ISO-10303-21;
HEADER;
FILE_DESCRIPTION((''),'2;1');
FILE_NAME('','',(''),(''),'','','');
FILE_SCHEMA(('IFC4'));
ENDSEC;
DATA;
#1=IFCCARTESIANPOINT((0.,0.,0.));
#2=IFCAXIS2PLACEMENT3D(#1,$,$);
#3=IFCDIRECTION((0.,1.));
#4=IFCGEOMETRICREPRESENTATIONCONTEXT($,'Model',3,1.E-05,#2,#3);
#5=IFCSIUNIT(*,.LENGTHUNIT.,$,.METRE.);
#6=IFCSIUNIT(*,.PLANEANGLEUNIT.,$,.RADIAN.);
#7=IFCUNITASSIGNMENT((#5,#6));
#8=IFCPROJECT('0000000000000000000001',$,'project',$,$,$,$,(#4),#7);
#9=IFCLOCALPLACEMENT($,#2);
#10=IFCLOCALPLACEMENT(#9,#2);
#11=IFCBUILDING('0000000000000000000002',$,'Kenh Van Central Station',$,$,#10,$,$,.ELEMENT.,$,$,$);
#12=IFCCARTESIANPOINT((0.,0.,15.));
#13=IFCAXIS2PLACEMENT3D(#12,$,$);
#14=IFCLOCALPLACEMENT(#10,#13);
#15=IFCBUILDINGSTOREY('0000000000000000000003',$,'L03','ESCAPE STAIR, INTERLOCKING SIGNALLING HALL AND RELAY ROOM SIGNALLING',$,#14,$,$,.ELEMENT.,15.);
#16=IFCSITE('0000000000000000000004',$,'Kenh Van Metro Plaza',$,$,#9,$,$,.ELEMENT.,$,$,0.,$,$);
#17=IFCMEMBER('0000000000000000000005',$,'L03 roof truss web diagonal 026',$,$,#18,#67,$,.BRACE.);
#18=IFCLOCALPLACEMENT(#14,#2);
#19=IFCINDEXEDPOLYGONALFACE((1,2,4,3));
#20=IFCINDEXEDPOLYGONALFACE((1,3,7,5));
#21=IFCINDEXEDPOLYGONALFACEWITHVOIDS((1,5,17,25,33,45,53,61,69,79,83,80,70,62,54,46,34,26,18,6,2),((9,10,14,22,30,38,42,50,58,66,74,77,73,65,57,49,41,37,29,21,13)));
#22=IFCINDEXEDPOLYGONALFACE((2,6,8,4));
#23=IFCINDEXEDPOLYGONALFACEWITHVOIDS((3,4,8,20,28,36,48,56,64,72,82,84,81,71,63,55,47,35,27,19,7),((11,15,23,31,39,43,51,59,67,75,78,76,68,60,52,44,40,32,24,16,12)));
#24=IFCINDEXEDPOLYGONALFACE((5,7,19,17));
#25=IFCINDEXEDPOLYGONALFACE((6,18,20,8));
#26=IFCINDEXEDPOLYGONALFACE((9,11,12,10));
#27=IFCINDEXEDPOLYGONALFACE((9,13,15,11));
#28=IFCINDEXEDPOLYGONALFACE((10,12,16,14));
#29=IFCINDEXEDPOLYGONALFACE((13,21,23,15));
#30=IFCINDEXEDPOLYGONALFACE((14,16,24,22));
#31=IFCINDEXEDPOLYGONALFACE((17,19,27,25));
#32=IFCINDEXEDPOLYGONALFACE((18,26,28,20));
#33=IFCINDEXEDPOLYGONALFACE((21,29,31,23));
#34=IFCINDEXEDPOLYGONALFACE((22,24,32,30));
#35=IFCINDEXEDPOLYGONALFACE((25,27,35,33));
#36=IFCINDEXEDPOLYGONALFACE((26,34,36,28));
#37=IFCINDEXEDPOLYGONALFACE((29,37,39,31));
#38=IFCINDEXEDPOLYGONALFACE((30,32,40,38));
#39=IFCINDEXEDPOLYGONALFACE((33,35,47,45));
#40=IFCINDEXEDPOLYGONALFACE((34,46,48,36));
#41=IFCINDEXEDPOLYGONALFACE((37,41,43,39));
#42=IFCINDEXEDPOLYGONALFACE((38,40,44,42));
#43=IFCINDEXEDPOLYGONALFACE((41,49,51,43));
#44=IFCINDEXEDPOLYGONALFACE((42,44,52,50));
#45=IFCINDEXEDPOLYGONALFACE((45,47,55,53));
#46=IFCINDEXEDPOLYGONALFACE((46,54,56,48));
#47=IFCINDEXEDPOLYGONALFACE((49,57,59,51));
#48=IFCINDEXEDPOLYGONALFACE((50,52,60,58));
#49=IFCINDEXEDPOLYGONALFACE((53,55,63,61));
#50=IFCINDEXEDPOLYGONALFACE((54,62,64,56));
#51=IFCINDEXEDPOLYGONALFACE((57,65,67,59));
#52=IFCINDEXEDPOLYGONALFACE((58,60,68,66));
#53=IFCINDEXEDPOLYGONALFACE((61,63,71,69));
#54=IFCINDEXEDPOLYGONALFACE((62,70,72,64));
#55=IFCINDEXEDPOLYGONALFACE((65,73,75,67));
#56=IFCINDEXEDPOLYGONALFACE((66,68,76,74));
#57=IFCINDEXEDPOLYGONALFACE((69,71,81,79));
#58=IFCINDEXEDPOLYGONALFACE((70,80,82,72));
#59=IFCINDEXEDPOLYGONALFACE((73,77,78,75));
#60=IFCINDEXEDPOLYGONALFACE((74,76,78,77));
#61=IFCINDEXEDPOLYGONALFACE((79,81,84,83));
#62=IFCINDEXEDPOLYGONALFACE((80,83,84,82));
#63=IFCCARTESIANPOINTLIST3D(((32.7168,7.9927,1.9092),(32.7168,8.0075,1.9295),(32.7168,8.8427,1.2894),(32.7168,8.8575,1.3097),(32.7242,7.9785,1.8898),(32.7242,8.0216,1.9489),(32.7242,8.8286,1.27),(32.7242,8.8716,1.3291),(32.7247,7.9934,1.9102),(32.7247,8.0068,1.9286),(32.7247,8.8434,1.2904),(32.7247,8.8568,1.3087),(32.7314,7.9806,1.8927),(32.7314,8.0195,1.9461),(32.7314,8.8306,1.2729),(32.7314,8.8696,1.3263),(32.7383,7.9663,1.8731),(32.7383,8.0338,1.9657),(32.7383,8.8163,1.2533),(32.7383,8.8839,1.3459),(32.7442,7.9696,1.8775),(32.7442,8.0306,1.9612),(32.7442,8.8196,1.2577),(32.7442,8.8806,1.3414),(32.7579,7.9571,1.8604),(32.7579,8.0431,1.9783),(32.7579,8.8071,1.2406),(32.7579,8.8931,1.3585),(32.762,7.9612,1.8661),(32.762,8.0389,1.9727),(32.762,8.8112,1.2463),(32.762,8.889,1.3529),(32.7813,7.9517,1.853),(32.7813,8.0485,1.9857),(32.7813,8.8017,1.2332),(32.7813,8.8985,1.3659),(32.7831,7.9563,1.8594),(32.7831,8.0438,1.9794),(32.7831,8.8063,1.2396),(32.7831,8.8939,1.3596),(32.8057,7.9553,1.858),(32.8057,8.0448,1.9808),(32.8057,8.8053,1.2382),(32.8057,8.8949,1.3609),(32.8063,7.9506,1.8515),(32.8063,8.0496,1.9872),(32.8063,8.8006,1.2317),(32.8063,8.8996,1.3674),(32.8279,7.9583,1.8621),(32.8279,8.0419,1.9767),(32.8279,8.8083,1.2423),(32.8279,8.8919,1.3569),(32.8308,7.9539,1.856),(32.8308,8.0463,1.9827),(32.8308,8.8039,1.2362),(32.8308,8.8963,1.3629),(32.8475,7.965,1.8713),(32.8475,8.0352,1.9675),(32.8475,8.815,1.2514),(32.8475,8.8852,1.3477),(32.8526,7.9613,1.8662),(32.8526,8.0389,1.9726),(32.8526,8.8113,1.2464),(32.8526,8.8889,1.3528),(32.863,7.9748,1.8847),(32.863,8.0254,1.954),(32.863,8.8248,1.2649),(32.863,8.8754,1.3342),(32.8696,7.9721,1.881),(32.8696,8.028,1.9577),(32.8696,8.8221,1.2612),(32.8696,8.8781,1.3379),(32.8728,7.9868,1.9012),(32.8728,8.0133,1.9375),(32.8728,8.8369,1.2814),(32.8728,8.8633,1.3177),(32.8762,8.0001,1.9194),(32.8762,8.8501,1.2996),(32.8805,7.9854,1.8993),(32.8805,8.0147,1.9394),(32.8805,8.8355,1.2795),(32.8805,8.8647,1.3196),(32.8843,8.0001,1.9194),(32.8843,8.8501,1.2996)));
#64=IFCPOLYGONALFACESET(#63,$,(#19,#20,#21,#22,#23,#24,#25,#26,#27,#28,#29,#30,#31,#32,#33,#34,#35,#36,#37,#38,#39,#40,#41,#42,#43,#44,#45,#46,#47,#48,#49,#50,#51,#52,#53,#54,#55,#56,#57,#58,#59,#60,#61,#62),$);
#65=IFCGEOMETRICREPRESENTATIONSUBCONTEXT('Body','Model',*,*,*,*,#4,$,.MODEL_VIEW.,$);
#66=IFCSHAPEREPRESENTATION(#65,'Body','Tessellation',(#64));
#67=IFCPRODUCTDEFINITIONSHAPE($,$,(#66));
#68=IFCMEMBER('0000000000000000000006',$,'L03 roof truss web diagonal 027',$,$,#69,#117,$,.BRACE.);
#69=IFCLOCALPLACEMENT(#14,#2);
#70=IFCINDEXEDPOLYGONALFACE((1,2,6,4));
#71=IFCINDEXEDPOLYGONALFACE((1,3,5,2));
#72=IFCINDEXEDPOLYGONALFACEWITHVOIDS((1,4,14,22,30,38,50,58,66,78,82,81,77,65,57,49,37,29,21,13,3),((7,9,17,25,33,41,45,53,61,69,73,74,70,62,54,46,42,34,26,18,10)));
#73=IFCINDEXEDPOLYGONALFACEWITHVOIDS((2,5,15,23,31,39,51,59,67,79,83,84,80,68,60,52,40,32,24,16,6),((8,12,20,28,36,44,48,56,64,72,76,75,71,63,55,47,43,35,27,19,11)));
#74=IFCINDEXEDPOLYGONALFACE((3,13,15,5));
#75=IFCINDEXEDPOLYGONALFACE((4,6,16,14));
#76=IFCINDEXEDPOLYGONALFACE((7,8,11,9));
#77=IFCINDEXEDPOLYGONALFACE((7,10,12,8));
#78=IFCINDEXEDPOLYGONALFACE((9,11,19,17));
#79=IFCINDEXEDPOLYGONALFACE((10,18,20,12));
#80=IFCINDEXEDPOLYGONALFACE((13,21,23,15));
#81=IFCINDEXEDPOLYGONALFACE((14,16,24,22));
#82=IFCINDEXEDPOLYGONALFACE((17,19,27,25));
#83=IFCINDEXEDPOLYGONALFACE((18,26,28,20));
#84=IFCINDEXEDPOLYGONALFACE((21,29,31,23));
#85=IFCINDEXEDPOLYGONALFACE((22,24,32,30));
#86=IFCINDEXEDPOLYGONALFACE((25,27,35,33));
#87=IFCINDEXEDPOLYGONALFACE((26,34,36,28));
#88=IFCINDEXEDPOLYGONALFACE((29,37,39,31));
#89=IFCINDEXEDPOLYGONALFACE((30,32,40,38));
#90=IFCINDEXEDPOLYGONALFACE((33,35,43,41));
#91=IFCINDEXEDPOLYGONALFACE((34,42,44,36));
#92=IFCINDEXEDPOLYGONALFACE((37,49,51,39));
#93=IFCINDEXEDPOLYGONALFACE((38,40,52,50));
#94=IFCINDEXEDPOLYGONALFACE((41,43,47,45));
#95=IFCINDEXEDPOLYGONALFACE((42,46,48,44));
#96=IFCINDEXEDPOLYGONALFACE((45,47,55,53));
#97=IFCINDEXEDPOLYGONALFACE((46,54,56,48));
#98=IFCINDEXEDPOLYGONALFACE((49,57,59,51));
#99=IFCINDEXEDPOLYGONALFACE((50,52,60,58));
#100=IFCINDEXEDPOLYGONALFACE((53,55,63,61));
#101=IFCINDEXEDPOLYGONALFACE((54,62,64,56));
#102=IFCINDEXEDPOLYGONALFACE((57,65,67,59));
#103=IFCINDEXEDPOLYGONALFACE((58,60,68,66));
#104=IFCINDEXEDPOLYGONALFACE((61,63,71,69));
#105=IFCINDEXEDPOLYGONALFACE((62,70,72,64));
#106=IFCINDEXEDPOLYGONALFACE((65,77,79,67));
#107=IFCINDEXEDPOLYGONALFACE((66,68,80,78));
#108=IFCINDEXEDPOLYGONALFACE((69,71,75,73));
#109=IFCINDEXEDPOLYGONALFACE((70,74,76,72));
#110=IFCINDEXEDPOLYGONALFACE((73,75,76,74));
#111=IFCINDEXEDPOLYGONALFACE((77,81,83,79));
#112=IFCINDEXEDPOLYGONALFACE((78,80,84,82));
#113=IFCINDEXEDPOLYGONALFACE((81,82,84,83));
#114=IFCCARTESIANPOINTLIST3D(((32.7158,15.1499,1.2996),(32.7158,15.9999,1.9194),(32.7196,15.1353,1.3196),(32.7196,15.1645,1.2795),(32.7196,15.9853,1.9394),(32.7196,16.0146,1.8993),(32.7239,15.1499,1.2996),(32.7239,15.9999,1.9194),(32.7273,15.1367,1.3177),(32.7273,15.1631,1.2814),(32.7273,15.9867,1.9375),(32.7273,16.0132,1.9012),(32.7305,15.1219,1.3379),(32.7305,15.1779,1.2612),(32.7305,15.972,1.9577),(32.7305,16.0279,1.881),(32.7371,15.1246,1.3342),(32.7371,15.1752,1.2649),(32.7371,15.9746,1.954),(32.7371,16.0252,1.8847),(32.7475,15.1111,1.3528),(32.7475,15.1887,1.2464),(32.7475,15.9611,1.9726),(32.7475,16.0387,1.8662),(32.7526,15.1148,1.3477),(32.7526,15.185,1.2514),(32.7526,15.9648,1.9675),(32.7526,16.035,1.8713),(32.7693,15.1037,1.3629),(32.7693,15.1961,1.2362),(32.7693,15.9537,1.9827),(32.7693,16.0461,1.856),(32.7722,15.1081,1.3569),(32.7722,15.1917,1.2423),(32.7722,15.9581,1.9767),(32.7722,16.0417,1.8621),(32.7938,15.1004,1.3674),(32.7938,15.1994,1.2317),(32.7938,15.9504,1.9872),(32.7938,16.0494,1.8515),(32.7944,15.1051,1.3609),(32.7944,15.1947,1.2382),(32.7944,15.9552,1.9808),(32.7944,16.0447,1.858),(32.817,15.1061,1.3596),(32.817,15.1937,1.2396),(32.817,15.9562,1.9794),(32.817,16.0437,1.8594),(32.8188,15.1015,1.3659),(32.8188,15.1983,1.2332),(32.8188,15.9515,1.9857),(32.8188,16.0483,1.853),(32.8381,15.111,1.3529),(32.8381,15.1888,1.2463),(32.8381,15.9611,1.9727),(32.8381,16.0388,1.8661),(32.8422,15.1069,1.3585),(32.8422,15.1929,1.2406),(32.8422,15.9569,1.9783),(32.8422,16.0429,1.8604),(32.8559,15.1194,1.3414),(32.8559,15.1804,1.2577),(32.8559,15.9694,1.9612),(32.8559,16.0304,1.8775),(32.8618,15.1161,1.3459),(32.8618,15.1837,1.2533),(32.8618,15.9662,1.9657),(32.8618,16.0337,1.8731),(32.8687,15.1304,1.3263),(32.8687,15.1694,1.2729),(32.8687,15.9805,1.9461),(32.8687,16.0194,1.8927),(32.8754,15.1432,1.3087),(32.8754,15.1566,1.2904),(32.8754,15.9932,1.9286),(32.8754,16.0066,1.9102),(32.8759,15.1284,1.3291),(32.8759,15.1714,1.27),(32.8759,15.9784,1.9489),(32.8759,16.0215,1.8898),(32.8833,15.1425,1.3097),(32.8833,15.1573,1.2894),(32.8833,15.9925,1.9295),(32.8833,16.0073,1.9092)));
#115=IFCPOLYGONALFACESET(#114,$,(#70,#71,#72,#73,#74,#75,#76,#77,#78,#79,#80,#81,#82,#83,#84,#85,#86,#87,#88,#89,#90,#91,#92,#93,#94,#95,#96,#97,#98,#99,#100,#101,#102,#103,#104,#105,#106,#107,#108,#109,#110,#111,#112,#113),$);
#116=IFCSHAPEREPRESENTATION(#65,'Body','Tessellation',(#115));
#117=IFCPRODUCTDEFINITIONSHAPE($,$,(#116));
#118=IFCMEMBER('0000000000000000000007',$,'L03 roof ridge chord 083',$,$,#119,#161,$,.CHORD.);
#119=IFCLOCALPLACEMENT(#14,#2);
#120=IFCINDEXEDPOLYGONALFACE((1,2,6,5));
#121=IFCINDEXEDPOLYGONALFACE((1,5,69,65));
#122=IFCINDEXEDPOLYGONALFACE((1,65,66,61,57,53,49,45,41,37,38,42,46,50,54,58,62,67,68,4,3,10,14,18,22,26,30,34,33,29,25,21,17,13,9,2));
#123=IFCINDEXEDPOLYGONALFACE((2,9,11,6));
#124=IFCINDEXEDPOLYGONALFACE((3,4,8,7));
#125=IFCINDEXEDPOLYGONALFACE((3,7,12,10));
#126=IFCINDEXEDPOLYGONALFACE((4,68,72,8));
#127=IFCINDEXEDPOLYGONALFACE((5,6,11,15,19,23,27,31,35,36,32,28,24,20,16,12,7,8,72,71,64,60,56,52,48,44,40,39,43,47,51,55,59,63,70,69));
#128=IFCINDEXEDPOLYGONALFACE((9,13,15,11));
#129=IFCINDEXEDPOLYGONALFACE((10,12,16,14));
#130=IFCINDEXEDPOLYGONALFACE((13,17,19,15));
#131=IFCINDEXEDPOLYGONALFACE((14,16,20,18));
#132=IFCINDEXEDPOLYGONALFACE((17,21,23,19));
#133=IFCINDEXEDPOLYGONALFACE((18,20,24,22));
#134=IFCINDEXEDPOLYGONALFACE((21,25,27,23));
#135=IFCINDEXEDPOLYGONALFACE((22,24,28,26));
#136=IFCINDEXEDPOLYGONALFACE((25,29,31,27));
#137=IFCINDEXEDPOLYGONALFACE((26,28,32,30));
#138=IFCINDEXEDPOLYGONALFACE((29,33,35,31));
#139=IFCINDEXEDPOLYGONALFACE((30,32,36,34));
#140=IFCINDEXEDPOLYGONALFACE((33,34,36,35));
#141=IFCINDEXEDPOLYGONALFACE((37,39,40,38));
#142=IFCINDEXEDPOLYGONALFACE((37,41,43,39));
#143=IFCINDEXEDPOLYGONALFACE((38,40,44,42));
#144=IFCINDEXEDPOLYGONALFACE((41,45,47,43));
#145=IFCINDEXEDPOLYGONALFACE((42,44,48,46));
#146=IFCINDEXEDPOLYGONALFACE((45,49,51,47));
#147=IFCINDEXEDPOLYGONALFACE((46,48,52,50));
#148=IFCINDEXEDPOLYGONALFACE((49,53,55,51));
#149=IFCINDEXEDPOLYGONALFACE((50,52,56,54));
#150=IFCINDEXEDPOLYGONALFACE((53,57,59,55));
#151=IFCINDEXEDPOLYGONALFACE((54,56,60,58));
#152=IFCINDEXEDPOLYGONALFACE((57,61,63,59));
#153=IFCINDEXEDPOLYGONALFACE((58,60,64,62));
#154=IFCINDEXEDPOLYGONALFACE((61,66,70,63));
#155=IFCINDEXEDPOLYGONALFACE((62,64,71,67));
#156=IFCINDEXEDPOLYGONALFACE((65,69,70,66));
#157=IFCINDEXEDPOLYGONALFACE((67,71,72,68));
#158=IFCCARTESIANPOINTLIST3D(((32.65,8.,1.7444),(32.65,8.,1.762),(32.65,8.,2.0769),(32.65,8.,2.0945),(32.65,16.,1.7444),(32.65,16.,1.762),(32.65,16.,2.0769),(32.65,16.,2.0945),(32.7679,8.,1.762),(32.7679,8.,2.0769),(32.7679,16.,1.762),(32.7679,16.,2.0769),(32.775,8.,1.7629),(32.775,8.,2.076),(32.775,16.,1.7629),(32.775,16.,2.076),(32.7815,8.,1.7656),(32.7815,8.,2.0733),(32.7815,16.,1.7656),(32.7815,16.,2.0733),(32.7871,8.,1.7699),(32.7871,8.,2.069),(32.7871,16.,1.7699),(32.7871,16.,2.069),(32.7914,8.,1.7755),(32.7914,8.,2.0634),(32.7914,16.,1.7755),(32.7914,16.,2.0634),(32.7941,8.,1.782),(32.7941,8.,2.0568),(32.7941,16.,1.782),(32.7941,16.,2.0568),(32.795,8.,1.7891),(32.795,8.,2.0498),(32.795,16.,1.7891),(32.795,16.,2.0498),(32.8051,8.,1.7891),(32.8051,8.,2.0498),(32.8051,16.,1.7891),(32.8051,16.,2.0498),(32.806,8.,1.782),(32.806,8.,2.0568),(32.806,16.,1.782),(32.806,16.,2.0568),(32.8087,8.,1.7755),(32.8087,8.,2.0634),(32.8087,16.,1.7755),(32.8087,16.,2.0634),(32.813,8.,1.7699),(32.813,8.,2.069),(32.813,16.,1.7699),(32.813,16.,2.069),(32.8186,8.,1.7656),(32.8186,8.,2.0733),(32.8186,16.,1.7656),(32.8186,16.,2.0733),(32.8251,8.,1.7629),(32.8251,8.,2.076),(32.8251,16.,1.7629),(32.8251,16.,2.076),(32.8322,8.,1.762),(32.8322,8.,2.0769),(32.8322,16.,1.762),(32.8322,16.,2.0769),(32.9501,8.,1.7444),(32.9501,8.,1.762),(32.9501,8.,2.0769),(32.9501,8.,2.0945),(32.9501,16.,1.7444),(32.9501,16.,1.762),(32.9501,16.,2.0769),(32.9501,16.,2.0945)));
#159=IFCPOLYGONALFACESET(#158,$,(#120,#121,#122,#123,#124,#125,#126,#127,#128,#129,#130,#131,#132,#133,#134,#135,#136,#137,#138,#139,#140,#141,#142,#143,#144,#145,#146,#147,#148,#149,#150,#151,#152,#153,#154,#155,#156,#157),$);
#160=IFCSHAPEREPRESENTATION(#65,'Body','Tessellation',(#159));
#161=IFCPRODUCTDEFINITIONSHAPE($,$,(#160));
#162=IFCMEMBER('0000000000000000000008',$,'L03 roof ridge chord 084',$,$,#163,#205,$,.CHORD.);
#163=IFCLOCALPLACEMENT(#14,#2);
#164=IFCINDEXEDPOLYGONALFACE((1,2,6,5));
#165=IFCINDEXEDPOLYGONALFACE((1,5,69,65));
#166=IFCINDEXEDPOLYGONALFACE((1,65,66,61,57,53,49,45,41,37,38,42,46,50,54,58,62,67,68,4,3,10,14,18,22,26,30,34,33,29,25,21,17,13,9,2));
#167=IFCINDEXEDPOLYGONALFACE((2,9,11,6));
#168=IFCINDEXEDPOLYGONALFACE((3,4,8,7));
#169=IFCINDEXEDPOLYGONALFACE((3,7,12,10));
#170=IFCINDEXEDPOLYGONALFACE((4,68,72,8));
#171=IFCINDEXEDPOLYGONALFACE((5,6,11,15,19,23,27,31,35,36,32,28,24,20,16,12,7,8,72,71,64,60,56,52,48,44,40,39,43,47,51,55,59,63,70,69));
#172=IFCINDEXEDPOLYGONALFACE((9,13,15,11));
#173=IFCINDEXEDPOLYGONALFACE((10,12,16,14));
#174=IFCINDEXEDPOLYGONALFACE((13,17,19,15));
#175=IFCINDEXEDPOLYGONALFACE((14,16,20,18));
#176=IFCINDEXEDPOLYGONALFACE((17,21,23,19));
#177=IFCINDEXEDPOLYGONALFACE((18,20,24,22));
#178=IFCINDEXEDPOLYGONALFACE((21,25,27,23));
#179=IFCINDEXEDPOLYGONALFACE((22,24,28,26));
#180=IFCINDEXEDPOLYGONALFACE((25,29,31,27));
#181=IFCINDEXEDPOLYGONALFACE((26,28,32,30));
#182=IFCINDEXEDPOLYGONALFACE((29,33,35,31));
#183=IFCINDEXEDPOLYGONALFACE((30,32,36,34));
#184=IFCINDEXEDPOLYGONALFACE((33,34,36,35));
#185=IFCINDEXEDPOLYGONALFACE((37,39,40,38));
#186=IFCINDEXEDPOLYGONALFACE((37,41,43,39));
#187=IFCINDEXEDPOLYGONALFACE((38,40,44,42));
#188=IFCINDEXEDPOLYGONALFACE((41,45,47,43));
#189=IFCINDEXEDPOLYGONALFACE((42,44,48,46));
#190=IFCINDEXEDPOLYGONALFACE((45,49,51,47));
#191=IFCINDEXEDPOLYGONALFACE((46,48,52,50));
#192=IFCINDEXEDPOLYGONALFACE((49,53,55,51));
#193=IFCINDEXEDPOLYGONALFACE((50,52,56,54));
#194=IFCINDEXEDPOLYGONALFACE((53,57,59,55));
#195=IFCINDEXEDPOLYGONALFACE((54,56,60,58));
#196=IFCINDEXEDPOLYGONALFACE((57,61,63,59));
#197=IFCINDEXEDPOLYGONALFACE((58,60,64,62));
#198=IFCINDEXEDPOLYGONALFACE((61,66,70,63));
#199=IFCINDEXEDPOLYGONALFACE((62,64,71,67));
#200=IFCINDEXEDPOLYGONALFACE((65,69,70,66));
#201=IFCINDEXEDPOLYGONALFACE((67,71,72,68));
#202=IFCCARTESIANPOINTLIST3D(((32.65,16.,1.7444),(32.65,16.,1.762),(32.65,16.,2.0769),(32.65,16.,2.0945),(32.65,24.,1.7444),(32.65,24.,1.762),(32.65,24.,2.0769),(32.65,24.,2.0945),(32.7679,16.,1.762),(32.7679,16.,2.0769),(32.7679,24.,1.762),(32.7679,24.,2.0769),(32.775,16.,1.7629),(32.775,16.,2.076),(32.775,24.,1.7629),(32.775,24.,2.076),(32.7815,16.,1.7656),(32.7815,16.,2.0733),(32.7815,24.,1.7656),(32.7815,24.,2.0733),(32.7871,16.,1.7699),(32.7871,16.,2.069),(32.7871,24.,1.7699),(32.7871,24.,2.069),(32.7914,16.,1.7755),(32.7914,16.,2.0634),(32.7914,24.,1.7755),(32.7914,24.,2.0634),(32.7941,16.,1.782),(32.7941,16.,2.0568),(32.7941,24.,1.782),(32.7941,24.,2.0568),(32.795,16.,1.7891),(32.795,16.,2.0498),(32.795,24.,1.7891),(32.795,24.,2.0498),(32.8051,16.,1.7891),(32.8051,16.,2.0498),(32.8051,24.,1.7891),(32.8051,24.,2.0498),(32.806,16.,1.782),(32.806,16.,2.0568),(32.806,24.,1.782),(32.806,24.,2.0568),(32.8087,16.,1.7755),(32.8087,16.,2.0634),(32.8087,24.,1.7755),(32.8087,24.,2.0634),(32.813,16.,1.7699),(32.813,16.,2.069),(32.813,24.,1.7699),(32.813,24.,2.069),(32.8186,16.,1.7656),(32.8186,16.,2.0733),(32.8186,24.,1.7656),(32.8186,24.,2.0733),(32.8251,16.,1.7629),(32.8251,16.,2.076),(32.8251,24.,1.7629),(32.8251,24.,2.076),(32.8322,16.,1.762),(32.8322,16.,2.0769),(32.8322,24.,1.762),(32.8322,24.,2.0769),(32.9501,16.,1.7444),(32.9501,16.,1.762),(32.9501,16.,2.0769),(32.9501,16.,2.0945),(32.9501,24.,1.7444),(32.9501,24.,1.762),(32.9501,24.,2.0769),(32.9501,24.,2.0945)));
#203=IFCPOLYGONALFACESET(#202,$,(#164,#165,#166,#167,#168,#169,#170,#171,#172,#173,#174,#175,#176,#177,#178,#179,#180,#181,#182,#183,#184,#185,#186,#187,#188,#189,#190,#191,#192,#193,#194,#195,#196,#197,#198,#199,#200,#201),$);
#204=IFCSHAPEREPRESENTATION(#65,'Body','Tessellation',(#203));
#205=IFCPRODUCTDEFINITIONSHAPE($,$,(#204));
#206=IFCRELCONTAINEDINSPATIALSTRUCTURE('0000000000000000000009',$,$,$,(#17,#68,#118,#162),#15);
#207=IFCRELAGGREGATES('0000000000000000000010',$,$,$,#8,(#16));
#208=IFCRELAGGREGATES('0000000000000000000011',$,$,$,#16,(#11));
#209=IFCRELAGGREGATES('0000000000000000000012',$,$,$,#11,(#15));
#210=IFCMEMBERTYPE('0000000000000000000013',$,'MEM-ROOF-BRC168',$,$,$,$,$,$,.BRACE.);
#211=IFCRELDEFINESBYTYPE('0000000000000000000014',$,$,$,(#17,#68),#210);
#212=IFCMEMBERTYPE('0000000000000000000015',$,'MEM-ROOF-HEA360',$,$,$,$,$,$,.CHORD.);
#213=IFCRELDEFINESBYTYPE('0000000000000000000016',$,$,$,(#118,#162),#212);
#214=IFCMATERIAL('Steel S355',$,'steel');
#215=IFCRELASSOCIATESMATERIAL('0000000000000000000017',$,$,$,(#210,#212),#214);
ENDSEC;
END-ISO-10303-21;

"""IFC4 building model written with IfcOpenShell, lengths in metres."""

from ifc_helpers import new_model, si_unit, direction, frame, origin, origin_2d, place, context, subcontext, project, spatial, hollow_circle, i_section, extrude, material, material_profile, profile_set, type_object, element, save


model = new_model("IFC4")

# Units and contexts
model_context = context("Model", 3, precision=1e-05, world=origin(), true_north=direction((0.0, 1.0)))
body_context = subcontext(model_context, "Body", "Model", "MODEL_VIEW")
ifc_project = project(units=[si_unit("LENGTHUNIT", "METRE"), si_unit("PLANEANGLEUNIT", "RADIAN")], contexts=[model_context])

# Site, building, storey
site_placement = place(None, origin())
site = spatial("IfcSite", under=ifc_project, at=site_placement, Name="Kenh Van Metro Plaza", CompositionType="ELEMENT", RefElevation=0.0)
building_placement = place(site_placement, origin())
building = spatial("IfcBuilding", under=site, at=building_placement, Name="Kenh Van Central Station", CompositionType="ELEMENT")
storey_placement = place(building_placement, frame((0.0, 0.0, 15.0)))
storey = spatial("IfcBuildingStorey", under=building, at=storey_placement, Name="L03", Description="ESCAPE STAIR, INTERLOCKING SIGNALLING HALL AND RELAY ROOM SIGNALLING", CompositionType="ELEMENT", Elevation=15.0)

# Shared definitions
ifc_material_1 = material(Name="Steel S355", Category="steel")

# Members
ifc_material_profile_1 = material_profile(ifc_material_1, hollow_circle(Radius=0.0842, WallThickness=0.0081, at=origin_2d()), Name="CHS 168.3x8")
ifc_profile_set_1 = profile_set([ifc_material_profile_1], Name="Steel S355")
member_type_1 = type_object("IfcMemberType", Name="MEM-ROOF-BRC168", PredefinedType="BRACE", material=ifc_profile_set_1)
for number, where, z_axis, x_axis, name in (
    (1, (32.8, 8.8501, 1.2996), (0.0, -0.808003, 0.589178), (1.0, 0.0, 0.0), "L03 roof truss web diagonal 026"),
    (2, (32.8, 15.1499, 1.2996), (0.0, 0.808003, 0.589178), (-1.0, 0.0, 0.0), "L03 roof truss web diagonal 027"),
):
    element("IfcMember", number, at=place(storey_placement, frame(where, z_axis=z_axis, x_axis=x_axis)), inside=storey, type_object=member_type_1, Name=name, PredefinedType="BRACE", context=body_context, shape_type="SweptSolid", body=[
        extrude(hollow_circle(Radius=0.0842, WallThickness=0.0081, at=origin_2d()), origin(), (0.0, 0.0, 1.0), 1.052),
    ])
ifc_material_profile_2 = material_profile(ifc_material_1, i_section(OverallWidth=0.3, OverallDepth=0.3501, WebThickness=0.01, FlangeThickness=0.0176, FilletRadius=0.0271, at=origin_2d()), Name="HEA 360")
ifc_profile_set_2 = profile_set([ifc_material_profile_2], Name="Steel S355")
member_type_2 = type_object("IfcMemberType", Name="MEM-ROOF-HEA360", PredefinedType="CHORD", material=ifc_profile_set_2)
for number, where, z_axis, x_axis, name in (
    (3, (32.8, 8.0, 1.9194), (0.0, 1.0, 0.0), (-1.0, 0.0, 0.0), "L03 roof ridge chord 083"),
    (4, (32.8, 16.0, 1.9194), (0.0, 1.0, 0.0), (-1.0, 0.0, 0.0), "L03 roof ridge chord 084"),
):
    element("IfcMember", number, at=place(storey_placement, frame(where, z_axis=z_axis, x_axis=x_axis)), inside=storey, type_object=member_type_2, Name=name, PredefinedType="CHORD", context=body_context, shape_type="SweptSolid", body=[
        extrude(i_section(OverallWidth=0.3, OverallDepth=0.3501, WebThickness=0.01, FlangeThickness=0.0176, FilletRadius=0.0271, at=origin_2d()), origin(), (0.0, 0.0, 1.0), 8.0),
    ])

save(model, "model.ifc")
